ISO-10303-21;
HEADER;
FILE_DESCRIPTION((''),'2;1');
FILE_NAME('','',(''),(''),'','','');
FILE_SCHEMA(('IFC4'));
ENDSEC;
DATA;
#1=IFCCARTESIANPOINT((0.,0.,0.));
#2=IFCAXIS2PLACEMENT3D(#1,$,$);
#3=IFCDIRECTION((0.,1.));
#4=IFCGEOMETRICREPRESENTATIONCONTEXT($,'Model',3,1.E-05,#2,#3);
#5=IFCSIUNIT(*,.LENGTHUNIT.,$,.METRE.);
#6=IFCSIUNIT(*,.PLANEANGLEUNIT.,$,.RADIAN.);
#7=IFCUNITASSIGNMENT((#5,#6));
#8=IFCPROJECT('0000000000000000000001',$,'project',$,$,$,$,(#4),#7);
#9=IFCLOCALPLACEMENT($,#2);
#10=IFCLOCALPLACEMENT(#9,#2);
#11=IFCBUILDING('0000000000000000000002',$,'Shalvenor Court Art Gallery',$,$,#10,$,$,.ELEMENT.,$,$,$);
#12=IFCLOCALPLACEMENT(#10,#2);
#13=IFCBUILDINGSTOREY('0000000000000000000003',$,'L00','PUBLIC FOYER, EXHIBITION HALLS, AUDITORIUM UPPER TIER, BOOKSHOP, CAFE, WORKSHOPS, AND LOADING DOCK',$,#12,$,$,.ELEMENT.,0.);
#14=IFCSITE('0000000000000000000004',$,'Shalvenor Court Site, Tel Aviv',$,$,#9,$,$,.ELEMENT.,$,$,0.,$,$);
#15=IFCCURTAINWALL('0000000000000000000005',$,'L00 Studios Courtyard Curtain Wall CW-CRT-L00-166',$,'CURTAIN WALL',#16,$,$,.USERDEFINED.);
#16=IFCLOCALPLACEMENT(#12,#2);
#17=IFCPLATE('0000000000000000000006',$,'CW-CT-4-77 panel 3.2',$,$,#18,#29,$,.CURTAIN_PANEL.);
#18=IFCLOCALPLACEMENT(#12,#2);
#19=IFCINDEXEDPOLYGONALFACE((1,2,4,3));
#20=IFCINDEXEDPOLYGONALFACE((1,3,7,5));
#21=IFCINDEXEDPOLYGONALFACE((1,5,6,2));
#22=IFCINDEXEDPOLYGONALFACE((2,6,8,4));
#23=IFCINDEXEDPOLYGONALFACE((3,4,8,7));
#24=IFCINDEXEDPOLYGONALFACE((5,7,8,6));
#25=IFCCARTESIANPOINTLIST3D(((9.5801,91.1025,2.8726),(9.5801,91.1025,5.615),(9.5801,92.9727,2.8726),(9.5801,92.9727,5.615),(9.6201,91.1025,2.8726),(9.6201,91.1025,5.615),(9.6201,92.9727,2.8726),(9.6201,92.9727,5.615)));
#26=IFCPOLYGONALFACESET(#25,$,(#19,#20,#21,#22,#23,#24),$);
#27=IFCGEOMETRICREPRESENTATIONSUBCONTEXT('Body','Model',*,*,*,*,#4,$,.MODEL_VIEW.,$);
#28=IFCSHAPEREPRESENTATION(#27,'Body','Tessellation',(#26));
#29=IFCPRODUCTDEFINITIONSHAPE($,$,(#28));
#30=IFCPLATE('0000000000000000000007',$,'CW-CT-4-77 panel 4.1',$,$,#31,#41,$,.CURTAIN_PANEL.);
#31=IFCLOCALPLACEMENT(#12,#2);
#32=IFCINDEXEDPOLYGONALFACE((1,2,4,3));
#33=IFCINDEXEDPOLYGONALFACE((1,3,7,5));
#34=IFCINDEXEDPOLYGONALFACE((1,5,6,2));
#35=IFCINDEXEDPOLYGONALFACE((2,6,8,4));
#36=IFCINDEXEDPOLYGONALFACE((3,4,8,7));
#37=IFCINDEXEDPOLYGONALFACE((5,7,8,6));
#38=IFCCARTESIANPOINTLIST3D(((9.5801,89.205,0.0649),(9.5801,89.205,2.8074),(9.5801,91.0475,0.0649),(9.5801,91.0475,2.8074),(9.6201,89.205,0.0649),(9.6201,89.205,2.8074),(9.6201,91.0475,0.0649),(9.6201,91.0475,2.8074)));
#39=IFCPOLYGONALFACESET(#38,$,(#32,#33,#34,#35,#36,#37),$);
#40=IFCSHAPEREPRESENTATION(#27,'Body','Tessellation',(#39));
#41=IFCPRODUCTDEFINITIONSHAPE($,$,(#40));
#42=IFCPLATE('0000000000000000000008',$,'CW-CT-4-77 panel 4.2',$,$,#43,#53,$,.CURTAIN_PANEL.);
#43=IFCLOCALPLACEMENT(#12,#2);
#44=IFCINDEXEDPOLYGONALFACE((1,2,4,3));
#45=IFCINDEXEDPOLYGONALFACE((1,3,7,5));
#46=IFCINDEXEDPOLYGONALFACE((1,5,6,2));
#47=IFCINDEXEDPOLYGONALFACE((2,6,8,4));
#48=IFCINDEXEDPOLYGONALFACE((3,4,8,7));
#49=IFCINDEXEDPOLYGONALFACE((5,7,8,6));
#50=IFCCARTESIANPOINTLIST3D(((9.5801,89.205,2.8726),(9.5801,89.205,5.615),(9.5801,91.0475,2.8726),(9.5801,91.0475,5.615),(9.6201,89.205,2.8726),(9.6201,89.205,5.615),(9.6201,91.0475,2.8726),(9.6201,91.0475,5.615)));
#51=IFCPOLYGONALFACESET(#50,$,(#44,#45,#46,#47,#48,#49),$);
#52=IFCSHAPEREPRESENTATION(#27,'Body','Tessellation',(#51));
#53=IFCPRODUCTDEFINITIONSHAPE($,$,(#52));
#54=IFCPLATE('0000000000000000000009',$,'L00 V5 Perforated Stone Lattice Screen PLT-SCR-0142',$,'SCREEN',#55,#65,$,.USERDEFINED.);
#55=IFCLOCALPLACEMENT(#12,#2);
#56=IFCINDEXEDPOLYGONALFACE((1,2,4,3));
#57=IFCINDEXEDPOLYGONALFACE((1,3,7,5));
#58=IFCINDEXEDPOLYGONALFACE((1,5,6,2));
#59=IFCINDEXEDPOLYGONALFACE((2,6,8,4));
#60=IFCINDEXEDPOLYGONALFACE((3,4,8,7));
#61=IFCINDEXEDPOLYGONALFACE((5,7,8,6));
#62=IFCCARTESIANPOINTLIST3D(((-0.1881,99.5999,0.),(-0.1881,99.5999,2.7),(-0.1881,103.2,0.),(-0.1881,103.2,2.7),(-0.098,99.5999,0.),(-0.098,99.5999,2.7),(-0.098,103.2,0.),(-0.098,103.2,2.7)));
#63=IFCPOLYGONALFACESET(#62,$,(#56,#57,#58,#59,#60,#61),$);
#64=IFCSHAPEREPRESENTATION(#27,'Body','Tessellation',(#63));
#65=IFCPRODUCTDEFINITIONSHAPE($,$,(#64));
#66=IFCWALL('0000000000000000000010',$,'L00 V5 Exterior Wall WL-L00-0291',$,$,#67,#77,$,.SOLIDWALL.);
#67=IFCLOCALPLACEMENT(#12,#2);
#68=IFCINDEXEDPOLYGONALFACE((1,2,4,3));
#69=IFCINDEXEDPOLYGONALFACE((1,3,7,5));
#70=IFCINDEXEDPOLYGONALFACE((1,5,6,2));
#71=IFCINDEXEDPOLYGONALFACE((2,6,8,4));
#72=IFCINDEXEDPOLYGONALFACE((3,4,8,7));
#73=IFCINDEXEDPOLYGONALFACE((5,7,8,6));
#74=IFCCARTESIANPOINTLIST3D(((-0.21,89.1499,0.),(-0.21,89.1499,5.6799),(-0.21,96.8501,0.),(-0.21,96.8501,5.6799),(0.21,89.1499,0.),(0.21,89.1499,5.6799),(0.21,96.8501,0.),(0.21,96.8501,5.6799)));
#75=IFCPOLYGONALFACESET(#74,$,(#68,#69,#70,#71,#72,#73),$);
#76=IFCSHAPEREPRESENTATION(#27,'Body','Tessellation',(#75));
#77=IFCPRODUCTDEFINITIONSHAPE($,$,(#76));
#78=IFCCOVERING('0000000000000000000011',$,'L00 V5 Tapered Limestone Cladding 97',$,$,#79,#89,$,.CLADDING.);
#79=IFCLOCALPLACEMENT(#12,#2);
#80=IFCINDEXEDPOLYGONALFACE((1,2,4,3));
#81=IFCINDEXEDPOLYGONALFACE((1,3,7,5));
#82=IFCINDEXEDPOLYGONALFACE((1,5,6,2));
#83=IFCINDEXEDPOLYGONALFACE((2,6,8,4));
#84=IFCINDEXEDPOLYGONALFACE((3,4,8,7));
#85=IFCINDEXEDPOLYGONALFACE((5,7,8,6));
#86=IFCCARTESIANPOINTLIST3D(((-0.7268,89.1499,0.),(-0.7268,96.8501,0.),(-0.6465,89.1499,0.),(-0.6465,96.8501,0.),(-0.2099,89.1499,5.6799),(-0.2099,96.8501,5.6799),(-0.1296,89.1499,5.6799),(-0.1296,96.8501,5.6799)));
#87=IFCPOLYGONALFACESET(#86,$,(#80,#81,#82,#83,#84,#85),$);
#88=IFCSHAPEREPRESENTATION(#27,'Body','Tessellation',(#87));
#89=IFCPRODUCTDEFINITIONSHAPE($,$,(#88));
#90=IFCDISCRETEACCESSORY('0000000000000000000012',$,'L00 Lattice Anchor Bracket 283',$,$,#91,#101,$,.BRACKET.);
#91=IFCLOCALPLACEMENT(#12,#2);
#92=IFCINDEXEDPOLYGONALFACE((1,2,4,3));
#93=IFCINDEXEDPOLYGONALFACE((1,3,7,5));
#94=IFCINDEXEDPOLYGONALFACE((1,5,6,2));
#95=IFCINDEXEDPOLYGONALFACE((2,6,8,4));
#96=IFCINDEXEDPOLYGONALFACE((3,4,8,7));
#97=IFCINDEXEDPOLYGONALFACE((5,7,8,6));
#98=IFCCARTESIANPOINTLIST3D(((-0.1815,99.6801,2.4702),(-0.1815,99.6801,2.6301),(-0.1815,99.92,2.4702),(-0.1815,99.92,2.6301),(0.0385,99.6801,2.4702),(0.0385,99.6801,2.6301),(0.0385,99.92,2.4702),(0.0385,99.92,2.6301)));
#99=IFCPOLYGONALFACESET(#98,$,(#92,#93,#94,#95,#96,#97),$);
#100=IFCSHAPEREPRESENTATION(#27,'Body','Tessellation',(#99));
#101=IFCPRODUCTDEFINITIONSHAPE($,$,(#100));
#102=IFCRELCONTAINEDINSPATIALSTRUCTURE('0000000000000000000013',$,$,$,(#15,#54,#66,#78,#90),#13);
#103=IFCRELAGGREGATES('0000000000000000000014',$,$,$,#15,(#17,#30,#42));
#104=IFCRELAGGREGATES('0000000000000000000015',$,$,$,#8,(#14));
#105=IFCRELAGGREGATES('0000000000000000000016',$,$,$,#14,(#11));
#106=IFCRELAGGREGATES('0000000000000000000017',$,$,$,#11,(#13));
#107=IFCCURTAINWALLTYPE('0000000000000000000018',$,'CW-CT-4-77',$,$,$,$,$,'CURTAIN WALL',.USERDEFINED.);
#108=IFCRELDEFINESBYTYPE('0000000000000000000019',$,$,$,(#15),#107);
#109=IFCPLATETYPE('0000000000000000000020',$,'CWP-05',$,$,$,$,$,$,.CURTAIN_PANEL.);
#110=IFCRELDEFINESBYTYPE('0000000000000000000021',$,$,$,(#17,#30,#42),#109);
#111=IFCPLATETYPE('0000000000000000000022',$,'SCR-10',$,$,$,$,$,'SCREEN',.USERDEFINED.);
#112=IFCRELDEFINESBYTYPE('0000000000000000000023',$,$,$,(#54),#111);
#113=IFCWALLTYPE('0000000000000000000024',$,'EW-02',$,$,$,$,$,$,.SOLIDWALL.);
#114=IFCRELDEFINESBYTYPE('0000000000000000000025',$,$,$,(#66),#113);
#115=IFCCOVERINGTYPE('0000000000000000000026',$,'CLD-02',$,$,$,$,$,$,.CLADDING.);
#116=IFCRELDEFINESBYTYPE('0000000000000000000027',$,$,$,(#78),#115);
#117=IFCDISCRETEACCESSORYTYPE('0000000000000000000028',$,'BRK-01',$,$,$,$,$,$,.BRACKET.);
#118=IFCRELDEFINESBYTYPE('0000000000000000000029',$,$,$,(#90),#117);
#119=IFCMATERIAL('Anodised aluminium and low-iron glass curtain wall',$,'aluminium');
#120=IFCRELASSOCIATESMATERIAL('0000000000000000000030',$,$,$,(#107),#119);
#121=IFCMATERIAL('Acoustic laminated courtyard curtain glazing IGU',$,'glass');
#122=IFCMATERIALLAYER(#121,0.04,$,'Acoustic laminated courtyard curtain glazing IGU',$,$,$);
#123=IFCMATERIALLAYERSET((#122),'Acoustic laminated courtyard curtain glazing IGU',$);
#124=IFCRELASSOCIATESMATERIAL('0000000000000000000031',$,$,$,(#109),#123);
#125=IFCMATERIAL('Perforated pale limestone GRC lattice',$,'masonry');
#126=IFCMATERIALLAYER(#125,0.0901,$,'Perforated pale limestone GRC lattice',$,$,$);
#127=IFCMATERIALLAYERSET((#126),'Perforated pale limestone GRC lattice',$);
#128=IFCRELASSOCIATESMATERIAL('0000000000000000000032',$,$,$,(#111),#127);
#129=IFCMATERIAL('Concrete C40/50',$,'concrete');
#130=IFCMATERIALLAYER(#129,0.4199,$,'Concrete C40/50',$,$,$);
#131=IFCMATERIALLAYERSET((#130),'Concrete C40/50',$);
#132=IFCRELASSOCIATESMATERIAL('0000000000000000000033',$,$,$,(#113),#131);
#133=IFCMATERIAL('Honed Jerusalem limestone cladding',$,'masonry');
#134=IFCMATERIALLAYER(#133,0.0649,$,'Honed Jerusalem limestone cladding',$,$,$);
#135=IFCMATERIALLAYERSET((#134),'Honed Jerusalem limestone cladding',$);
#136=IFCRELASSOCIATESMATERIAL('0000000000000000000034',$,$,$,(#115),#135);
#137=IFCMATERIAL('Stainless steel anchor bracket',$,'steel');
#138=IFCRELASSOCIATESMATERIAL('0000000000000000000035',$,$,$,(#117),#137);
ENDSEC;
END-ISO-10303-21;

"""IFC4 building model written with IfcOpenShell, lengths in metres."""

from ifc_helpers import new_model, si_unit, direction, frame, frame_2d, origin, origin_2d, place, context, subcontext, project, spatial, polyline, rectangle, outline, extrude, material, layer, layer_set, type_object, element, aggregate, save


model = new_model("IFC4")

# Units and contexts
model_context = context("Model", 3, precision=1e-05, world=origin(), true_north=direction((0.0, 1.0)))
body_context = subcontext(model_context, "Body", "Model", "MODEL_VIEW")
ifc_project = project(units=[si_unit("LENGTHUNIT", "METRE"), si_unit("PLANEANGLEUNIT", "RADIAN")], contexts=[model_context])

# Site, building, storey
site_placement = place(None, origin())
site = spatial("IfcSite", under=ifc_project, at=site_placement, Name="Shalvenor Court Site, Tel Aviv", CompositionType="ELEMENT", RefElevation=0.0)
building_placement = place(site_placement, origin())
building = spatial("IfcBuilding", under=site, at=building_placement, Name="Shalvenor Court Art Gallery", CompositionType="ELEMENT")
storey_placement = place(building_placement, origin())
storey = spatial("IfcBuildingStorey", under=building, at=storey_placement, Name="L00", Description="PUBLIC FOYER, EXHIBITION HALLS, AUDITORIUM UPPER TIER, BOOKSHOP, CAFE, WORKSHOPS, AND LOADING DOCK", CompositionType="ELEMENT", Elevation=0.0)

# Curtain wall
ifc_material_1 = material(Name="Anodised aluminium and low-iron glass curtain wall", Category="aluminium")
curtain_wall_type_1 = type_object("IfcCurtainWallType", Name="CW-CT-4-77", ElementType="CURTAIN WALL", PredefinedType="USERDEFINED", material=ifc_material_1)
curtain_wall_1_placement = place(storey_placement, origin())
curtain_wall_1 = element("IfcCurtainWall", 1, at=curtain_wall_1_placement, inside=storey, type_object=curtain_wall_type_1, Name="L00 Studios Courtyard Curtain Wall CW-CRT-L00-166", ObjectType="CURTAIN WALL", PredefinedType="USERDEFINED")

# Plates
ifc_material_2 = material(Name="Acoustic laminated courtyard curtain glazing IGU", Category="glass")
ifc_layer_1 = layer(ifc_material_2, 0.04, Name="Acoustic laminated courtyard curtain glazing IGU")
ifc_layer_set_1 = layer_set([ifc_layer_1], Name="Acoustic laminated courtyard curtain glazing IGU")
plate_type_1 = type_object("IfcPlateType", Name="CWP-05", PredefinedType="CURTAIN_PANEL", material=ifc_layer_set_1)
plate_1_placement = place(storey_placement, frame((9.6001, 92.0376, 2.8726), z_axis=(0.0, 0.0, 1.0), x_axis=(0.0, -1.0, 0.0)))
plate_1 = element("IfcPlate", 2, at=plate_1_placement, type_object=plate_type_1, Name="CW-CT-4-77 panel 3.2", PredefinedType="CURTAIN_PANEL", context=body_context, shape_type="SweptSolid", body=[
    extrude(rectangle(XDim=1.8701, YDim=0.04, at=origin_2d()), origin(), (0.0, 0.0, 1.0), 2.7424),
])
plate_2_placement = place(storey_placement, frame((9.6001, 90.1262, 0.0649), z_axis=(0.0, 0.0, 1.0), x_axis=(0.0, -1.0, 0.0)))
plate_2 = element("IfcPlate", 3, at=plate_2_placement, type_object=plate_type_1, Name="CW-CT-4-77 panel 4.1", PredefinedType="CURTAIN_PANEL", context=body_context, shape_type="SweptSolid", body=[
    extrude(rectangle(XDim=1.8425, YDim=0.04, at=origin_2d()), origin(), (0.0, 0.0, 1.0), 2.7424),
])
plate_3_placement = place(storey_placement, frame((9.6001, 90.1262, 2.8726), z_axis=(0.0, 0.0, 1.0), x_axis=(0.0, -1.0, 0.0)))
plate_3 = element("IfcPlate", 4, at=plate_3_placement, type_object=plate_type_1, Name="CW-CT-4-77 panel 4.2", PredefinedType="CURTAIN_PANEL", context=body_context, shape_type="SweptSolid", body=[
    extrude(rectangle(XDim=1.8425, YDim=0.04, at=origin_2d()), origin(), (0.0, 0.0, 1.0), 2.7424),
])
aggregate(curtain_wall_1, [plate_1, plate_2, plate_3])
ifc_material_3 = material(Name="Perforated pale limestone GRC lattice", Category="masonry")
ifc_layer_2 = layer(ifc_material_3, 0.0901, Name="Perforated pale limestone GRC lattice")
ifc_layer_set_2 = layer_set([ifc_layer_2], Name="Perforated pale limestone GRC lattice")
plate_type_2 = type_object("IfcPlateType", Name="SCR-10", ElementType="SCREEN", PredefinedType="USERDEFINED", material=ifc_layer_set_2)
plate_4_placement = place(storey_placement, frame((-0.1431, 101.3999, 0.0), z_axis=(0.0, 0.0, 1.0), x_axis=(0.0, 1.0, 0.0)))
element("IfcPlate", 5, at=plate_4_placement, inside=storey, type_object=plate_type_2, Name="L00 V5 Perforated Stone Lattice Screen PLT-SCR-0142", ObjectType="SCREEN", PredefinedType="USERDEFINED", context=body_context, shape_type="SweptSolid", body=[
    extrude(rectangle(XDim=3.6001, YDim=0.0901, at=origin_2d()), origin(), (0.0, 0.0, 1.0), 2.7),
])

# Wall
ifc_material_4 = material(Name="Concrete C40/50", Category="concrete")
ifc_layer_3 = layer(ifc_material_4, 0.4199, Name="Concrete C40/50")
ifc_layer_set_3 = layer_set([ifc_layer_3], Name="Concrete C40/50")
wall_type = type_object("IfcWallType", Name="EW-02", PredefinedType="SOLIDWALL", material=ifc_layer_set_3)
wall_placement = place(storey_placement, frame((0.0, 89.1499, 0.0), z_axis=(0.0, 0.0, 1.0), x_axis=(0.0, 1.0, 0.0)))
element("IfcWall", 6, at=wall_placement, inside=storey, type_object=wall_type, Name="L00 V5 Exterior Wall WL-L00-0291", PredefinedType="SOLIDWALL", context=body_context, shape_type="SweptSolid", body=[
    extrude(rectangle(XDim=7.7002, YDim=0.4199, at=frame_2d((3.8501, 0.0))), origin(), (0.0, 0.0, 1.0), 5.6799),
])

# Covering
ifc_material_5 = material(Name="Honed Jerusalem limestone cladding", Category="masonry")
ifc_layer_4 = layer(ifc_material_5, 0.0649, Name="Honed Jerusalem limestone cladding")
ifc_layer_set_4 = layer_set([ifc_layer_4], Name="Honed Jerusalem limestone cladding")
covering_type = type_object("IfcCoveringType", Name="CLD-02", PredefinedType="CLADDING", material=ifc_layer_set_4)
covering_placement = place(storey_placement, frame((-0.7268, 96.8501, 0.0), z_axis=(0.0, 0.0, 1.0), x_axis=(0.0, -1.0, 0.0)))
element("IfcCovering", 7, at=covering_placement, inside=storey, type_object=covering_type, Name="L00 V5 Tapered Limestone Cladding 97", PredefinedType="CLADDING", context=body_context, shape_type="SweptSolid", body=[
    extrude(outline(polyline([(0.0, 0.0), (7.7002, 0.0), (7.7002, 5.7034), (0.0, 5.7034), (0.0, 0.0)])), frame((0.0, 0.0, 0.0), z_axis=(0.0, -0.995884, 0.090633), x_axis=(1.0, 0.0, 0.0)), (0.0, 0.090633, -0.995884), 0.0803),
])

# Discrete accessory
ifc_material_6 = material(Name="Stainless steel anchor bracket", Category="steel")
discrete_accessory_type = type_object("IfcDiscreteAccessoryType", Name="BRK-01", PredefinedType="BRACKET", material=ifc_material_6)
discrete_accessory_placement = place(storey_placement, frame((-0.0715, 99.8, 2.4702), z_axis=(0.0, 0.0, 1.0), x_axis=(0.0, 1.0, 0.0)))
element("IfcDiscreteAccessory", 8, at=discrete_accessory_placement, inside=storey, type_object=discrete_accessory_type, Name="L00 Lattice Anchor Bracket 283", PredefinedType="BRACKET", context=body_context, shape_type="SweptSolid", body=[
    extrude(rectangle(XDim=0.24, YDim=0.22, at=origin_2d()), origin(), (0.0, 0.0, 1.0), 0.1599),
])

save(model, "model.ifc")
